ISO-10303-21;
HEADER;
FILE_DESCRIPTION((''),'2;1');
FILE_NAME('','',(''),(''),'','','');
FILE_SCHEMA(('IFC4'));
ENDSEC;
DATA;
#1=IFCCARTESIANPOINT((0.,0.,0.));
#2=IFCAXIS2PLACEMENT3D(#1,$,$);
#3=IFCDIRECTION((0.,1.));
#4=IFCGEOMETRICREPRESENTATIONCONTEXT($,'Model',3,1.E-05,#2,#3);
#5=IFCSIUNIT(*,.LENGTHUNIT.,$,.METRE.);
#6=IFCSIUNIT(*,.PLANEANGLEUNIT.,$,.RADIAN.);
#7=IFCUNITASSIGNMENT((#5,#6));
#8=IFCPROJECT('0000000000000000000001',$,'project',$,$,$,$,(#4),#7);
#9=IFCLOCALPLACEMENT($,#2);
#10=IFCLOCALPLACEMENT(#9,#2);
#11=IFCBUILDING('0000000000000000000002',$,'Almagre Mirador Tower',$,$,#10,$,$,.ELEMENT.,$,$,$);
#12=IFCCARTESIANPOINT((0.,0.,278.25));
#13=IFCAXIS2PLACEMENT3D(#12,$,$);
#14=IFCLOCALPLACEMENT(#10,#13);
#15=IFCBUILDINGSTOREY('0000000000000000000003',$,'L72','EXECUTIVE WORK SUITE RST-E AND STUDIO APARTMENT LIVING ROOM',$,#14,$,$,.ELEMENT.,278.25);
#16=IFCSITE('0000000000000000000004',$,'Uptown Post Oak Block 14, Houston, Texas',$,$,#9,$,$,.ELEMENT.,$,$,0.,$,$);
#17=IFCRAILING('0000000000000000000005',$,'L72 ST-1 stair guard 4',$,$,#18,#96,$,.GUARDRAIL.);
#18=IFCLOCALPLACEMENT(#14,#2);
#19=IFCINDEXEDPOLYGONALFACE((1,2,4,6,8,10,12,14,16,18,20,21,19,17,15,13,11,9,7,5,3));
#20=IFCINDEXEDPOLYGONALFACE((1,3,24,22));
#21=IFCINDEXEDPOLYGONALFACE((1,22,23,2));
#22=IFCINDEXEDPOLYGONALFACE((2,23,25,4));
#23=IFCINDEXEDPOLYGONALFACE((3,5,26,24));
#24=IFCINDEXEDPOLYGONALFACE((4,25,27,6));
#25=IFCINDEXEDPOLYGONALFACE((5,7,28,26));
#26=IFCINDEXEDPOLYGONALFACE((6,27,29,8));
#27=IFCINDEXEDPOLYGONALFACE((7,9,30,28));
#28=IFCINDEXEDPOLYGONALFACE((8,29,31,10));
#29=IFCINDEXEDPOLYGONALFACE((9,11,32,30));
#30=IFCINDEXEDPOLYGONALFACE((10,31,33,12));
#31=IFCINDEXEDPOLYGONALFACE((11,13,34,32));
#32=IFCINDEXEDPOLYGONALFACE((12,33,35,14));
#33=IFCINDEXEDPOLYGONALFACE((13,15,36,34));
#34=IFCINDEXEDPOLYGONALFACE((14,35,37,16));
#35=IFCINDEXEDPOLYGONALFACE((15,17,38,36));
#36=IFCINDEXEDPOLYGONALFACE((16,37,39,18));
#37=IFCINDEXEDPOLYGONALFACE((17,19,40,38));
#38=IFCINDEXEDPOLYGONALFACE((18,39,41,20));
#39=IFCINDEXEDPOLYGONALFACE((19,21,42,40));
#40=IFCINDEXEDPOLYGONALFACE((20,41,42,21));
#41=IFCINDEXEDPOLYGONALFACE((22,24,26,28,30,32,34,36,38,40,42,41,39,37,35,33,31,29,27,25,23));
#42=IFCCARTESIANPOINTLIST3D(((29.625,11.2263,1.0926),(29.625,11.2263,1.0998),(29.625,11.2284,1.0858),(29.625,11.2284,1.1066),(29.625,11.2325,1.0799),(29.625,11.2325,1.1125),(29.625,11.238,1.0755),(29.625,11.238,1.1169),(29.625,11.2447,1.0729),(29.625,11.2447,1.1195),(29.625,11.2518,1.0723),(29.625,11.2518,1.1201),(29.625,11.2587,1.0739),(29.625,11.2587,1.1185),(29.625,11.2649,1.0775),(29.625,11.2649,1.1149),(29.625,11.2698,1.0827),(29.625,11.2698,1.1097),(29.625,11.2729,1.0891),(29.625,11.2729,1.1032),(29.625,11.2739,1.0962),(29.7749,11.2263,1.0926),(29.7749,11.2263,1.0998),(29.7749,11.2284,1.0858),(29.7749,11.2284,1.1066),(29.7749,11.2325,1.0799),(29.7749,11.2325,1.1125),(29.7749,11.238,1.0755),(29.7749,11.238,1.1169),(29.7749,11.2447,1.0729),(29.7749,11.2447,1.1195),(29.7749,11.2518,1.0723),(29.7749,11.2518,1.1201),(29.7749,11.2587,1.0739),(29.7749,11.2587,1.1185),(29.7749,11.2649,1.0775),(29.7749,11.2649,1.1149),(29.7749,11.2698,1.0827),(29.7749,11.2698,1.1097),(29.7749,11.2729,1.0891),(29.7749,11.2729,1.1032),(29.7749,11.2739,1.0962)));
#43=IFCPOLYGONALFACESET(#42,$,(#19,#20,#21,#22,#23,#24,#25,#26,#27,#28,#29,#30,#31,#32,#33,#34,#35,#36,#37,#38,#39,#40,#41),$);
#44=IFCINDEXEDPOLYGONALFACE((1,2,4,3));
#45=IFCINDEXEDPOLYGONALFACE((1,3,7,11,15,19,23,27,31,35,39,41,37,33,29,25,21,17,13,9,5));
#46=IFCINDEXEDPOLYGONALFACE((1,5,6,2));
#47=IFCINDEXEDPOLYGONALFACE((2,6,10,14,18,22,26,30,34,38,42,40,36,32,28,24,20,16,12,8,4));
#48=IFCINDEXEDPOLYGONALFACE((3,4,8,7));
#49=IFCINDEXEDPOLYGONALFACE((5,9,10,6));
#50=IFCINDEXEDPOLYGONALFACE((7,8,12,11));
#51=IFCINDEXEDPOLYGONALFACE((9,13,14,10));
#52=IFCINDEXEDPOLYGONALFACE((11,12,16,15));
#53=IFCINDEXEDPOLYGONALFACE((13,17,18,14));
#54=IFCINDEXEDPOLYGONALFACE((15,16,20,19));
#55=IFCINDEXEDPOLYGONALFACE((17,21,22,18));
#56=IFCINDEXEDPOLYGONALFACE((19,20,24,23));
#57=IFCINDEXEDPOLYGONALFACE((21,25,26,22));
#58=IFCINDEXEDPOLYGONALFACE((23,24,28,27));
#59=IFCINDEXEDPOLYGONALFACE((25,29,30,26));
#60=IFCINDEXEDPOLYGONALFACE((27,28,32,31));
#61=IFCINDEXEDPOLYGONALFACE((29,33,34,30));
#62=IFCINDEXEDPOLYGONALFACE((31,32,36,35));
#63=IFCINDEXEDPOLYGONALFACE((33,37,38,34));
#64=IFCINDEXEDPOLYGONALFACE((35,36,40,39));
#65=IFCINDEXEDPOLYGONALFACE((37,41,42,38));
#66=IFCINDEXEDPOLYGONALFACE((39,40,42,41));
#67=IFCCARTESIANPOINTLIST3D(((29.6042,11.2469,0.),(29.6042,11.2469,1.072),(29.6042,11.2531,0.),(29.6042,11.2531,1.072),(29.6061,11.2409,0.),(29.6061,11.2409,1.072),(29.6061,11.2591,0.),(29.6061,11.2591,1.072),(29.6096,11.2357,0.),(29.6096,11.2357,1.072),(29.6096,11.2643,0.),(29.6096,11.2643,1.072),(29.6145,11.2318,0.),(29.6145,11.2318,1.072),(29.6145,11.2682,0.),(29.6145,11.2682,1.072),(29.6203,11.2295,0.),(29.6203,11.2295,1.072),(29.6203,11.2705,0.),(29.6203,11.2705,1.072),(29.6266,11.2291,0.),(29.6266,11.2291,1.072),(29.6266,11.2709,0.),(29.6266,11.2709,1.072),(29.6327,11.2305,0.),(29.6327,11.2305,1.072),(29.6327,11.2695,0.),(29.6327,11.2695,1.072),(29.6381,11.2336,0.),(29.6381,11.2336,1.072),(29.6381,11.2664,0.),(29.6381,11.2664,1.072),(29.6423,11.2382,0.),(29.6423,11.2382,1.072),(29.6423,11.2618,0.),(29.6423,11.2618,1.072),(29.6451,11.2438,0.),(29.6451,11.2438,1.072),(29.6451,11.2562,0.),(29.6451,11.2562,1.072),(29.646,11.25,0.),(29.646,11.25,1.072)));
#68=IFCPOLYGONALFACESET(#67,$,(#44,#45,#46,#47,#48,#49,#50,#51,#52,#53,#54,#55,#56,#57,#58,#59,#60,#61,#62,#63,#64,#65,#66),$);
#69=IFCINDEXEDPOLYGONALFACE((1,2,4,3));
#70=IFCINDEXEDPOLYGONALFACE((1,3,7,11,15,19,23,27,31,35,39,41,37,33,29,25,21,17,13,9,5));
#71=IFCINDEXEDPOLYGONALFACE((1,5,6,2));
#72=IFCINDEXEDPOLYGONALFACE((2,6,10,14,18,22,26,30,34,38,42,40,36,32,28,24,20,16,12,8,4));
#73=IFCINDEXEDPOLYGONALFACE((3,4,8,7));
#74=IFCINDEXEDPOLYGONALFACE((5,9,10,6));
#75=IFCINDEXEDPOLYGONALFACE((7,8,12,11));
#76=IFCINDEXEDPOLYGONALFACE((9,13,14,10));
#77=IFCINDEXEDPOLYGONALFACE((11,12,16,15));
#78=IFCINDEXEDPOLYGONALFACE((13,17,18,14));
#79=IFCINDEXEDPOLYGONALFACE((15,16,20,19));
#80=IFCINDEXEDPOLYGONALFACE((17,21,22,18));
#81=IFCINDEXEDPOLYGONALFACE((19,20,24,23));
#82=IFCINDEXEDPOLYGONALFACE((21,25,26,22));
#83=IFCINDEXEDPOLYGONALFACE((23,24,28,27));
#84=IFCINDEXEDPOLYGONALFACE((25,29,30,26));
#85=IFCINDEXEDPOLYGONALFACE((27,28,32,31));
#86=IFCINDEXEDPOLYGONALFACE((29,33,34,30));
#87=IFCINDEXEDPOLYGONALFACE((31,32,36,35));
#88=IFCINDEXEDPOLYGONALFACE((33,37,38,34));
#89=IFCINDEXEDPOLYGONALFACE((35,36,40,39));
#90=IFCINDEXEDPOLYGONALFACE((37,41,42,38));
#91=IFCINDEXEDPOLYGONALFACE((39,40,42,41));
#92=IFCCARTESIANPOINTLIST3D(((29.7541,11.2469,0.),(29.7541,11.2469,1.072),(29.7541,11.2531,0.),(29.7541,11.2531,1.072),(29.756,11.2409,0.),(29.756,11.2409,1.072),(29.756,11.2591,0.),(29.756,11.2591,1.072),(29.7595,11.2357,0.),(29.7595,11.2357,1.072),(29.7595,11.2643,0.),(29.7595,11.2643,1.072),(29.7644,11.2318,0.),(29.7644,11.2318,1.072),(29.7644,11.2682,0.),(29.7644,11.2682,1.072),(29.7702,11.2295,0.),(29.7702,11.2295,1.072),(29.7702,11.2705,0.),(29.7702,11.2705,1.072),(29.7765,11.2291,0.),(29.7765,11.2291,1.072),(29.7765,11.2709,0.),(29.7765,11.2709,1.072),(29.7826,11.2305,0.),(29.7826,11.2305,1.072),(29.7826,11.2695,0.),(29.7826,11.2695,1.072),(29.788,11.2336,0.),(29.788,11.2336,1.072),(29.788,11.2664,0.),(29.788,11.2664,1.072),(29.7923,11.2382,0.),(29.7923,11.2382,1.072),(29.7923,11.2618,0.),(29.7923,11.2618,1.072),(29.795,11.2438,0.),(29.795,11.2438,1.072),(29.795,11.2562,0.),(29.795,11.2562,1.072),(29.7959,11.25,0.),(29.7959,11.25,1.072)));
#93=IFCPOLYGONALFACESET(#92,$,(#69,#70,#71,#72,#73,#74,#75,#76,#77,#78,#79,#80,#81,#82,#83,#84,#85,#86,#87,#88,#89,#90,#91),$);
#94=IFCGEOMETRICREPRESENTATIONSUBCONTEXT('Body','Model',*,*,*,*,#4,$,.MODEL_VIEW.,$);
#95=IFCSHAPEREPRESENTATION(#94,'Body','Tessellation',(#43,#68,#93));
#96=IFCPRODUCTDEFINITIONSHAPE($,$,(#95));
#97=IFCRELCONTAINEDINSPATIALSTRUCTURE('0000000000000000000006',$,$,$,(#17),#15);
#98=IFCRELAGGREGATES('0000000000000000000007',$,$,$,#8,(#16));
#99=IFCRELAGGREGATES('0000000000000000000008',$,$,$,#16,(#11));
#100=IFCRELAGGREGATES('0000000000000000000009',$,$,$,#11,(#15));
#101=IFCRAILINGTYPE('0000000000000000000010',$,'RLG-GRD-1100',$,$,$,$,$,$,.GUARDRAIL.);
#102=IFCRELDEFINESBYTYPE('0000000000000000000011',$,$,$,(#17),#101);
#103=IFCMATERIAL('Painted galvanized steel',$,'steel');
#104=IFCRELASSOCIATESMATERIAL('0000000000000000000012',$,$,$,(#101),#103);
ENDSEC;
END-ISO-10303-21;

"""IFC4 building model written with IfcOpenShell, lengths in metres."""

from ifc_helpers import new_model, si_unit, direction, frame, origin, origin_2d, place, context, subcontext, project, spatial, circle, extrude, material, type_object, element, save


model = new_model("IFC4")

# Units and contexts
model_context = context("Model", 3, precision=1e-05, world=origin(), true_north=direction((0.0, 1.0)))
body_context = subcontext(model_context, "Body", "Model", "MODEL_VIEW")
ifc_project = project(units=[si_unit("LENGTHUNIT", "METRE"), si_unit("PLANEANGLEUNIT", "RADIAN")], contexts=[model_context])

# Site, building, storey
site_placement = place(None, origin())
site = spatial("IfcSite", under=ifc_project, at=site_placement, Name="Uptown Post Oak Block 14, Houston, Texas", CompositionType="ELEMENT", RefElevation=0.0)
building_placement = place(site_placement, origin())
building = spatial("IfcBuilding", under=site, at=building_placement, Name="Almagre Mirador Tower", CompositionType="ELEMENT")
storey_placement = place(building_placement, frame((0.0, 0.0, 278.25)))
storey = spatial("IfcBuildingStorey", under=building, at=storey_placement, Name="L72", Description="EXECUTIVE WORK SUITE RST-E AND STUDIO APARTMENT LIVING ROOM", CompositionType="ELEMENT", Elevation=278.25)

# Railing
ifc_material_1 = material(Name="Painted galvanized steel", Category="steel")
railing_type_1 = type_object("IfcRailingType", Name="RLG-GRD-1100", PredefinedType="GUARDRAIL", material=ifc_material_1)
railing_1_placement = place(storey_placement, frame((29.625, 11.25, 0.0)))
element("IfcRailing", 1, at=railing_1_placement, inside=storey, type_object=railing_type_1, Name="L72 ST-1 stair guard 4", PredefinedType="GUARDRAIL", context=body_context, shape_type="SweptSolid", body=[
    extrude(circle(Radius=0.0239, at=origin_2d()), frame((0.0, 0.0, 1.0962), z_axis=(1.0, 0.0, 0.0), x_axis=(0.0, 1.0, 0.0)), (0.0, 0.0, 1.0), 0.1499),
    extrude(circle(Radius=0.021, at=origin_2d()), origin(), (0.0, 0.0, 1.0), 1.072),
    extrude(circle(Radius=0.021, at=origin_2d()), frame((0.1499, 0.0, 0.0)), (0.0, 0.0, 1.0), 1.072),
])

save(model, "model.ifc")
